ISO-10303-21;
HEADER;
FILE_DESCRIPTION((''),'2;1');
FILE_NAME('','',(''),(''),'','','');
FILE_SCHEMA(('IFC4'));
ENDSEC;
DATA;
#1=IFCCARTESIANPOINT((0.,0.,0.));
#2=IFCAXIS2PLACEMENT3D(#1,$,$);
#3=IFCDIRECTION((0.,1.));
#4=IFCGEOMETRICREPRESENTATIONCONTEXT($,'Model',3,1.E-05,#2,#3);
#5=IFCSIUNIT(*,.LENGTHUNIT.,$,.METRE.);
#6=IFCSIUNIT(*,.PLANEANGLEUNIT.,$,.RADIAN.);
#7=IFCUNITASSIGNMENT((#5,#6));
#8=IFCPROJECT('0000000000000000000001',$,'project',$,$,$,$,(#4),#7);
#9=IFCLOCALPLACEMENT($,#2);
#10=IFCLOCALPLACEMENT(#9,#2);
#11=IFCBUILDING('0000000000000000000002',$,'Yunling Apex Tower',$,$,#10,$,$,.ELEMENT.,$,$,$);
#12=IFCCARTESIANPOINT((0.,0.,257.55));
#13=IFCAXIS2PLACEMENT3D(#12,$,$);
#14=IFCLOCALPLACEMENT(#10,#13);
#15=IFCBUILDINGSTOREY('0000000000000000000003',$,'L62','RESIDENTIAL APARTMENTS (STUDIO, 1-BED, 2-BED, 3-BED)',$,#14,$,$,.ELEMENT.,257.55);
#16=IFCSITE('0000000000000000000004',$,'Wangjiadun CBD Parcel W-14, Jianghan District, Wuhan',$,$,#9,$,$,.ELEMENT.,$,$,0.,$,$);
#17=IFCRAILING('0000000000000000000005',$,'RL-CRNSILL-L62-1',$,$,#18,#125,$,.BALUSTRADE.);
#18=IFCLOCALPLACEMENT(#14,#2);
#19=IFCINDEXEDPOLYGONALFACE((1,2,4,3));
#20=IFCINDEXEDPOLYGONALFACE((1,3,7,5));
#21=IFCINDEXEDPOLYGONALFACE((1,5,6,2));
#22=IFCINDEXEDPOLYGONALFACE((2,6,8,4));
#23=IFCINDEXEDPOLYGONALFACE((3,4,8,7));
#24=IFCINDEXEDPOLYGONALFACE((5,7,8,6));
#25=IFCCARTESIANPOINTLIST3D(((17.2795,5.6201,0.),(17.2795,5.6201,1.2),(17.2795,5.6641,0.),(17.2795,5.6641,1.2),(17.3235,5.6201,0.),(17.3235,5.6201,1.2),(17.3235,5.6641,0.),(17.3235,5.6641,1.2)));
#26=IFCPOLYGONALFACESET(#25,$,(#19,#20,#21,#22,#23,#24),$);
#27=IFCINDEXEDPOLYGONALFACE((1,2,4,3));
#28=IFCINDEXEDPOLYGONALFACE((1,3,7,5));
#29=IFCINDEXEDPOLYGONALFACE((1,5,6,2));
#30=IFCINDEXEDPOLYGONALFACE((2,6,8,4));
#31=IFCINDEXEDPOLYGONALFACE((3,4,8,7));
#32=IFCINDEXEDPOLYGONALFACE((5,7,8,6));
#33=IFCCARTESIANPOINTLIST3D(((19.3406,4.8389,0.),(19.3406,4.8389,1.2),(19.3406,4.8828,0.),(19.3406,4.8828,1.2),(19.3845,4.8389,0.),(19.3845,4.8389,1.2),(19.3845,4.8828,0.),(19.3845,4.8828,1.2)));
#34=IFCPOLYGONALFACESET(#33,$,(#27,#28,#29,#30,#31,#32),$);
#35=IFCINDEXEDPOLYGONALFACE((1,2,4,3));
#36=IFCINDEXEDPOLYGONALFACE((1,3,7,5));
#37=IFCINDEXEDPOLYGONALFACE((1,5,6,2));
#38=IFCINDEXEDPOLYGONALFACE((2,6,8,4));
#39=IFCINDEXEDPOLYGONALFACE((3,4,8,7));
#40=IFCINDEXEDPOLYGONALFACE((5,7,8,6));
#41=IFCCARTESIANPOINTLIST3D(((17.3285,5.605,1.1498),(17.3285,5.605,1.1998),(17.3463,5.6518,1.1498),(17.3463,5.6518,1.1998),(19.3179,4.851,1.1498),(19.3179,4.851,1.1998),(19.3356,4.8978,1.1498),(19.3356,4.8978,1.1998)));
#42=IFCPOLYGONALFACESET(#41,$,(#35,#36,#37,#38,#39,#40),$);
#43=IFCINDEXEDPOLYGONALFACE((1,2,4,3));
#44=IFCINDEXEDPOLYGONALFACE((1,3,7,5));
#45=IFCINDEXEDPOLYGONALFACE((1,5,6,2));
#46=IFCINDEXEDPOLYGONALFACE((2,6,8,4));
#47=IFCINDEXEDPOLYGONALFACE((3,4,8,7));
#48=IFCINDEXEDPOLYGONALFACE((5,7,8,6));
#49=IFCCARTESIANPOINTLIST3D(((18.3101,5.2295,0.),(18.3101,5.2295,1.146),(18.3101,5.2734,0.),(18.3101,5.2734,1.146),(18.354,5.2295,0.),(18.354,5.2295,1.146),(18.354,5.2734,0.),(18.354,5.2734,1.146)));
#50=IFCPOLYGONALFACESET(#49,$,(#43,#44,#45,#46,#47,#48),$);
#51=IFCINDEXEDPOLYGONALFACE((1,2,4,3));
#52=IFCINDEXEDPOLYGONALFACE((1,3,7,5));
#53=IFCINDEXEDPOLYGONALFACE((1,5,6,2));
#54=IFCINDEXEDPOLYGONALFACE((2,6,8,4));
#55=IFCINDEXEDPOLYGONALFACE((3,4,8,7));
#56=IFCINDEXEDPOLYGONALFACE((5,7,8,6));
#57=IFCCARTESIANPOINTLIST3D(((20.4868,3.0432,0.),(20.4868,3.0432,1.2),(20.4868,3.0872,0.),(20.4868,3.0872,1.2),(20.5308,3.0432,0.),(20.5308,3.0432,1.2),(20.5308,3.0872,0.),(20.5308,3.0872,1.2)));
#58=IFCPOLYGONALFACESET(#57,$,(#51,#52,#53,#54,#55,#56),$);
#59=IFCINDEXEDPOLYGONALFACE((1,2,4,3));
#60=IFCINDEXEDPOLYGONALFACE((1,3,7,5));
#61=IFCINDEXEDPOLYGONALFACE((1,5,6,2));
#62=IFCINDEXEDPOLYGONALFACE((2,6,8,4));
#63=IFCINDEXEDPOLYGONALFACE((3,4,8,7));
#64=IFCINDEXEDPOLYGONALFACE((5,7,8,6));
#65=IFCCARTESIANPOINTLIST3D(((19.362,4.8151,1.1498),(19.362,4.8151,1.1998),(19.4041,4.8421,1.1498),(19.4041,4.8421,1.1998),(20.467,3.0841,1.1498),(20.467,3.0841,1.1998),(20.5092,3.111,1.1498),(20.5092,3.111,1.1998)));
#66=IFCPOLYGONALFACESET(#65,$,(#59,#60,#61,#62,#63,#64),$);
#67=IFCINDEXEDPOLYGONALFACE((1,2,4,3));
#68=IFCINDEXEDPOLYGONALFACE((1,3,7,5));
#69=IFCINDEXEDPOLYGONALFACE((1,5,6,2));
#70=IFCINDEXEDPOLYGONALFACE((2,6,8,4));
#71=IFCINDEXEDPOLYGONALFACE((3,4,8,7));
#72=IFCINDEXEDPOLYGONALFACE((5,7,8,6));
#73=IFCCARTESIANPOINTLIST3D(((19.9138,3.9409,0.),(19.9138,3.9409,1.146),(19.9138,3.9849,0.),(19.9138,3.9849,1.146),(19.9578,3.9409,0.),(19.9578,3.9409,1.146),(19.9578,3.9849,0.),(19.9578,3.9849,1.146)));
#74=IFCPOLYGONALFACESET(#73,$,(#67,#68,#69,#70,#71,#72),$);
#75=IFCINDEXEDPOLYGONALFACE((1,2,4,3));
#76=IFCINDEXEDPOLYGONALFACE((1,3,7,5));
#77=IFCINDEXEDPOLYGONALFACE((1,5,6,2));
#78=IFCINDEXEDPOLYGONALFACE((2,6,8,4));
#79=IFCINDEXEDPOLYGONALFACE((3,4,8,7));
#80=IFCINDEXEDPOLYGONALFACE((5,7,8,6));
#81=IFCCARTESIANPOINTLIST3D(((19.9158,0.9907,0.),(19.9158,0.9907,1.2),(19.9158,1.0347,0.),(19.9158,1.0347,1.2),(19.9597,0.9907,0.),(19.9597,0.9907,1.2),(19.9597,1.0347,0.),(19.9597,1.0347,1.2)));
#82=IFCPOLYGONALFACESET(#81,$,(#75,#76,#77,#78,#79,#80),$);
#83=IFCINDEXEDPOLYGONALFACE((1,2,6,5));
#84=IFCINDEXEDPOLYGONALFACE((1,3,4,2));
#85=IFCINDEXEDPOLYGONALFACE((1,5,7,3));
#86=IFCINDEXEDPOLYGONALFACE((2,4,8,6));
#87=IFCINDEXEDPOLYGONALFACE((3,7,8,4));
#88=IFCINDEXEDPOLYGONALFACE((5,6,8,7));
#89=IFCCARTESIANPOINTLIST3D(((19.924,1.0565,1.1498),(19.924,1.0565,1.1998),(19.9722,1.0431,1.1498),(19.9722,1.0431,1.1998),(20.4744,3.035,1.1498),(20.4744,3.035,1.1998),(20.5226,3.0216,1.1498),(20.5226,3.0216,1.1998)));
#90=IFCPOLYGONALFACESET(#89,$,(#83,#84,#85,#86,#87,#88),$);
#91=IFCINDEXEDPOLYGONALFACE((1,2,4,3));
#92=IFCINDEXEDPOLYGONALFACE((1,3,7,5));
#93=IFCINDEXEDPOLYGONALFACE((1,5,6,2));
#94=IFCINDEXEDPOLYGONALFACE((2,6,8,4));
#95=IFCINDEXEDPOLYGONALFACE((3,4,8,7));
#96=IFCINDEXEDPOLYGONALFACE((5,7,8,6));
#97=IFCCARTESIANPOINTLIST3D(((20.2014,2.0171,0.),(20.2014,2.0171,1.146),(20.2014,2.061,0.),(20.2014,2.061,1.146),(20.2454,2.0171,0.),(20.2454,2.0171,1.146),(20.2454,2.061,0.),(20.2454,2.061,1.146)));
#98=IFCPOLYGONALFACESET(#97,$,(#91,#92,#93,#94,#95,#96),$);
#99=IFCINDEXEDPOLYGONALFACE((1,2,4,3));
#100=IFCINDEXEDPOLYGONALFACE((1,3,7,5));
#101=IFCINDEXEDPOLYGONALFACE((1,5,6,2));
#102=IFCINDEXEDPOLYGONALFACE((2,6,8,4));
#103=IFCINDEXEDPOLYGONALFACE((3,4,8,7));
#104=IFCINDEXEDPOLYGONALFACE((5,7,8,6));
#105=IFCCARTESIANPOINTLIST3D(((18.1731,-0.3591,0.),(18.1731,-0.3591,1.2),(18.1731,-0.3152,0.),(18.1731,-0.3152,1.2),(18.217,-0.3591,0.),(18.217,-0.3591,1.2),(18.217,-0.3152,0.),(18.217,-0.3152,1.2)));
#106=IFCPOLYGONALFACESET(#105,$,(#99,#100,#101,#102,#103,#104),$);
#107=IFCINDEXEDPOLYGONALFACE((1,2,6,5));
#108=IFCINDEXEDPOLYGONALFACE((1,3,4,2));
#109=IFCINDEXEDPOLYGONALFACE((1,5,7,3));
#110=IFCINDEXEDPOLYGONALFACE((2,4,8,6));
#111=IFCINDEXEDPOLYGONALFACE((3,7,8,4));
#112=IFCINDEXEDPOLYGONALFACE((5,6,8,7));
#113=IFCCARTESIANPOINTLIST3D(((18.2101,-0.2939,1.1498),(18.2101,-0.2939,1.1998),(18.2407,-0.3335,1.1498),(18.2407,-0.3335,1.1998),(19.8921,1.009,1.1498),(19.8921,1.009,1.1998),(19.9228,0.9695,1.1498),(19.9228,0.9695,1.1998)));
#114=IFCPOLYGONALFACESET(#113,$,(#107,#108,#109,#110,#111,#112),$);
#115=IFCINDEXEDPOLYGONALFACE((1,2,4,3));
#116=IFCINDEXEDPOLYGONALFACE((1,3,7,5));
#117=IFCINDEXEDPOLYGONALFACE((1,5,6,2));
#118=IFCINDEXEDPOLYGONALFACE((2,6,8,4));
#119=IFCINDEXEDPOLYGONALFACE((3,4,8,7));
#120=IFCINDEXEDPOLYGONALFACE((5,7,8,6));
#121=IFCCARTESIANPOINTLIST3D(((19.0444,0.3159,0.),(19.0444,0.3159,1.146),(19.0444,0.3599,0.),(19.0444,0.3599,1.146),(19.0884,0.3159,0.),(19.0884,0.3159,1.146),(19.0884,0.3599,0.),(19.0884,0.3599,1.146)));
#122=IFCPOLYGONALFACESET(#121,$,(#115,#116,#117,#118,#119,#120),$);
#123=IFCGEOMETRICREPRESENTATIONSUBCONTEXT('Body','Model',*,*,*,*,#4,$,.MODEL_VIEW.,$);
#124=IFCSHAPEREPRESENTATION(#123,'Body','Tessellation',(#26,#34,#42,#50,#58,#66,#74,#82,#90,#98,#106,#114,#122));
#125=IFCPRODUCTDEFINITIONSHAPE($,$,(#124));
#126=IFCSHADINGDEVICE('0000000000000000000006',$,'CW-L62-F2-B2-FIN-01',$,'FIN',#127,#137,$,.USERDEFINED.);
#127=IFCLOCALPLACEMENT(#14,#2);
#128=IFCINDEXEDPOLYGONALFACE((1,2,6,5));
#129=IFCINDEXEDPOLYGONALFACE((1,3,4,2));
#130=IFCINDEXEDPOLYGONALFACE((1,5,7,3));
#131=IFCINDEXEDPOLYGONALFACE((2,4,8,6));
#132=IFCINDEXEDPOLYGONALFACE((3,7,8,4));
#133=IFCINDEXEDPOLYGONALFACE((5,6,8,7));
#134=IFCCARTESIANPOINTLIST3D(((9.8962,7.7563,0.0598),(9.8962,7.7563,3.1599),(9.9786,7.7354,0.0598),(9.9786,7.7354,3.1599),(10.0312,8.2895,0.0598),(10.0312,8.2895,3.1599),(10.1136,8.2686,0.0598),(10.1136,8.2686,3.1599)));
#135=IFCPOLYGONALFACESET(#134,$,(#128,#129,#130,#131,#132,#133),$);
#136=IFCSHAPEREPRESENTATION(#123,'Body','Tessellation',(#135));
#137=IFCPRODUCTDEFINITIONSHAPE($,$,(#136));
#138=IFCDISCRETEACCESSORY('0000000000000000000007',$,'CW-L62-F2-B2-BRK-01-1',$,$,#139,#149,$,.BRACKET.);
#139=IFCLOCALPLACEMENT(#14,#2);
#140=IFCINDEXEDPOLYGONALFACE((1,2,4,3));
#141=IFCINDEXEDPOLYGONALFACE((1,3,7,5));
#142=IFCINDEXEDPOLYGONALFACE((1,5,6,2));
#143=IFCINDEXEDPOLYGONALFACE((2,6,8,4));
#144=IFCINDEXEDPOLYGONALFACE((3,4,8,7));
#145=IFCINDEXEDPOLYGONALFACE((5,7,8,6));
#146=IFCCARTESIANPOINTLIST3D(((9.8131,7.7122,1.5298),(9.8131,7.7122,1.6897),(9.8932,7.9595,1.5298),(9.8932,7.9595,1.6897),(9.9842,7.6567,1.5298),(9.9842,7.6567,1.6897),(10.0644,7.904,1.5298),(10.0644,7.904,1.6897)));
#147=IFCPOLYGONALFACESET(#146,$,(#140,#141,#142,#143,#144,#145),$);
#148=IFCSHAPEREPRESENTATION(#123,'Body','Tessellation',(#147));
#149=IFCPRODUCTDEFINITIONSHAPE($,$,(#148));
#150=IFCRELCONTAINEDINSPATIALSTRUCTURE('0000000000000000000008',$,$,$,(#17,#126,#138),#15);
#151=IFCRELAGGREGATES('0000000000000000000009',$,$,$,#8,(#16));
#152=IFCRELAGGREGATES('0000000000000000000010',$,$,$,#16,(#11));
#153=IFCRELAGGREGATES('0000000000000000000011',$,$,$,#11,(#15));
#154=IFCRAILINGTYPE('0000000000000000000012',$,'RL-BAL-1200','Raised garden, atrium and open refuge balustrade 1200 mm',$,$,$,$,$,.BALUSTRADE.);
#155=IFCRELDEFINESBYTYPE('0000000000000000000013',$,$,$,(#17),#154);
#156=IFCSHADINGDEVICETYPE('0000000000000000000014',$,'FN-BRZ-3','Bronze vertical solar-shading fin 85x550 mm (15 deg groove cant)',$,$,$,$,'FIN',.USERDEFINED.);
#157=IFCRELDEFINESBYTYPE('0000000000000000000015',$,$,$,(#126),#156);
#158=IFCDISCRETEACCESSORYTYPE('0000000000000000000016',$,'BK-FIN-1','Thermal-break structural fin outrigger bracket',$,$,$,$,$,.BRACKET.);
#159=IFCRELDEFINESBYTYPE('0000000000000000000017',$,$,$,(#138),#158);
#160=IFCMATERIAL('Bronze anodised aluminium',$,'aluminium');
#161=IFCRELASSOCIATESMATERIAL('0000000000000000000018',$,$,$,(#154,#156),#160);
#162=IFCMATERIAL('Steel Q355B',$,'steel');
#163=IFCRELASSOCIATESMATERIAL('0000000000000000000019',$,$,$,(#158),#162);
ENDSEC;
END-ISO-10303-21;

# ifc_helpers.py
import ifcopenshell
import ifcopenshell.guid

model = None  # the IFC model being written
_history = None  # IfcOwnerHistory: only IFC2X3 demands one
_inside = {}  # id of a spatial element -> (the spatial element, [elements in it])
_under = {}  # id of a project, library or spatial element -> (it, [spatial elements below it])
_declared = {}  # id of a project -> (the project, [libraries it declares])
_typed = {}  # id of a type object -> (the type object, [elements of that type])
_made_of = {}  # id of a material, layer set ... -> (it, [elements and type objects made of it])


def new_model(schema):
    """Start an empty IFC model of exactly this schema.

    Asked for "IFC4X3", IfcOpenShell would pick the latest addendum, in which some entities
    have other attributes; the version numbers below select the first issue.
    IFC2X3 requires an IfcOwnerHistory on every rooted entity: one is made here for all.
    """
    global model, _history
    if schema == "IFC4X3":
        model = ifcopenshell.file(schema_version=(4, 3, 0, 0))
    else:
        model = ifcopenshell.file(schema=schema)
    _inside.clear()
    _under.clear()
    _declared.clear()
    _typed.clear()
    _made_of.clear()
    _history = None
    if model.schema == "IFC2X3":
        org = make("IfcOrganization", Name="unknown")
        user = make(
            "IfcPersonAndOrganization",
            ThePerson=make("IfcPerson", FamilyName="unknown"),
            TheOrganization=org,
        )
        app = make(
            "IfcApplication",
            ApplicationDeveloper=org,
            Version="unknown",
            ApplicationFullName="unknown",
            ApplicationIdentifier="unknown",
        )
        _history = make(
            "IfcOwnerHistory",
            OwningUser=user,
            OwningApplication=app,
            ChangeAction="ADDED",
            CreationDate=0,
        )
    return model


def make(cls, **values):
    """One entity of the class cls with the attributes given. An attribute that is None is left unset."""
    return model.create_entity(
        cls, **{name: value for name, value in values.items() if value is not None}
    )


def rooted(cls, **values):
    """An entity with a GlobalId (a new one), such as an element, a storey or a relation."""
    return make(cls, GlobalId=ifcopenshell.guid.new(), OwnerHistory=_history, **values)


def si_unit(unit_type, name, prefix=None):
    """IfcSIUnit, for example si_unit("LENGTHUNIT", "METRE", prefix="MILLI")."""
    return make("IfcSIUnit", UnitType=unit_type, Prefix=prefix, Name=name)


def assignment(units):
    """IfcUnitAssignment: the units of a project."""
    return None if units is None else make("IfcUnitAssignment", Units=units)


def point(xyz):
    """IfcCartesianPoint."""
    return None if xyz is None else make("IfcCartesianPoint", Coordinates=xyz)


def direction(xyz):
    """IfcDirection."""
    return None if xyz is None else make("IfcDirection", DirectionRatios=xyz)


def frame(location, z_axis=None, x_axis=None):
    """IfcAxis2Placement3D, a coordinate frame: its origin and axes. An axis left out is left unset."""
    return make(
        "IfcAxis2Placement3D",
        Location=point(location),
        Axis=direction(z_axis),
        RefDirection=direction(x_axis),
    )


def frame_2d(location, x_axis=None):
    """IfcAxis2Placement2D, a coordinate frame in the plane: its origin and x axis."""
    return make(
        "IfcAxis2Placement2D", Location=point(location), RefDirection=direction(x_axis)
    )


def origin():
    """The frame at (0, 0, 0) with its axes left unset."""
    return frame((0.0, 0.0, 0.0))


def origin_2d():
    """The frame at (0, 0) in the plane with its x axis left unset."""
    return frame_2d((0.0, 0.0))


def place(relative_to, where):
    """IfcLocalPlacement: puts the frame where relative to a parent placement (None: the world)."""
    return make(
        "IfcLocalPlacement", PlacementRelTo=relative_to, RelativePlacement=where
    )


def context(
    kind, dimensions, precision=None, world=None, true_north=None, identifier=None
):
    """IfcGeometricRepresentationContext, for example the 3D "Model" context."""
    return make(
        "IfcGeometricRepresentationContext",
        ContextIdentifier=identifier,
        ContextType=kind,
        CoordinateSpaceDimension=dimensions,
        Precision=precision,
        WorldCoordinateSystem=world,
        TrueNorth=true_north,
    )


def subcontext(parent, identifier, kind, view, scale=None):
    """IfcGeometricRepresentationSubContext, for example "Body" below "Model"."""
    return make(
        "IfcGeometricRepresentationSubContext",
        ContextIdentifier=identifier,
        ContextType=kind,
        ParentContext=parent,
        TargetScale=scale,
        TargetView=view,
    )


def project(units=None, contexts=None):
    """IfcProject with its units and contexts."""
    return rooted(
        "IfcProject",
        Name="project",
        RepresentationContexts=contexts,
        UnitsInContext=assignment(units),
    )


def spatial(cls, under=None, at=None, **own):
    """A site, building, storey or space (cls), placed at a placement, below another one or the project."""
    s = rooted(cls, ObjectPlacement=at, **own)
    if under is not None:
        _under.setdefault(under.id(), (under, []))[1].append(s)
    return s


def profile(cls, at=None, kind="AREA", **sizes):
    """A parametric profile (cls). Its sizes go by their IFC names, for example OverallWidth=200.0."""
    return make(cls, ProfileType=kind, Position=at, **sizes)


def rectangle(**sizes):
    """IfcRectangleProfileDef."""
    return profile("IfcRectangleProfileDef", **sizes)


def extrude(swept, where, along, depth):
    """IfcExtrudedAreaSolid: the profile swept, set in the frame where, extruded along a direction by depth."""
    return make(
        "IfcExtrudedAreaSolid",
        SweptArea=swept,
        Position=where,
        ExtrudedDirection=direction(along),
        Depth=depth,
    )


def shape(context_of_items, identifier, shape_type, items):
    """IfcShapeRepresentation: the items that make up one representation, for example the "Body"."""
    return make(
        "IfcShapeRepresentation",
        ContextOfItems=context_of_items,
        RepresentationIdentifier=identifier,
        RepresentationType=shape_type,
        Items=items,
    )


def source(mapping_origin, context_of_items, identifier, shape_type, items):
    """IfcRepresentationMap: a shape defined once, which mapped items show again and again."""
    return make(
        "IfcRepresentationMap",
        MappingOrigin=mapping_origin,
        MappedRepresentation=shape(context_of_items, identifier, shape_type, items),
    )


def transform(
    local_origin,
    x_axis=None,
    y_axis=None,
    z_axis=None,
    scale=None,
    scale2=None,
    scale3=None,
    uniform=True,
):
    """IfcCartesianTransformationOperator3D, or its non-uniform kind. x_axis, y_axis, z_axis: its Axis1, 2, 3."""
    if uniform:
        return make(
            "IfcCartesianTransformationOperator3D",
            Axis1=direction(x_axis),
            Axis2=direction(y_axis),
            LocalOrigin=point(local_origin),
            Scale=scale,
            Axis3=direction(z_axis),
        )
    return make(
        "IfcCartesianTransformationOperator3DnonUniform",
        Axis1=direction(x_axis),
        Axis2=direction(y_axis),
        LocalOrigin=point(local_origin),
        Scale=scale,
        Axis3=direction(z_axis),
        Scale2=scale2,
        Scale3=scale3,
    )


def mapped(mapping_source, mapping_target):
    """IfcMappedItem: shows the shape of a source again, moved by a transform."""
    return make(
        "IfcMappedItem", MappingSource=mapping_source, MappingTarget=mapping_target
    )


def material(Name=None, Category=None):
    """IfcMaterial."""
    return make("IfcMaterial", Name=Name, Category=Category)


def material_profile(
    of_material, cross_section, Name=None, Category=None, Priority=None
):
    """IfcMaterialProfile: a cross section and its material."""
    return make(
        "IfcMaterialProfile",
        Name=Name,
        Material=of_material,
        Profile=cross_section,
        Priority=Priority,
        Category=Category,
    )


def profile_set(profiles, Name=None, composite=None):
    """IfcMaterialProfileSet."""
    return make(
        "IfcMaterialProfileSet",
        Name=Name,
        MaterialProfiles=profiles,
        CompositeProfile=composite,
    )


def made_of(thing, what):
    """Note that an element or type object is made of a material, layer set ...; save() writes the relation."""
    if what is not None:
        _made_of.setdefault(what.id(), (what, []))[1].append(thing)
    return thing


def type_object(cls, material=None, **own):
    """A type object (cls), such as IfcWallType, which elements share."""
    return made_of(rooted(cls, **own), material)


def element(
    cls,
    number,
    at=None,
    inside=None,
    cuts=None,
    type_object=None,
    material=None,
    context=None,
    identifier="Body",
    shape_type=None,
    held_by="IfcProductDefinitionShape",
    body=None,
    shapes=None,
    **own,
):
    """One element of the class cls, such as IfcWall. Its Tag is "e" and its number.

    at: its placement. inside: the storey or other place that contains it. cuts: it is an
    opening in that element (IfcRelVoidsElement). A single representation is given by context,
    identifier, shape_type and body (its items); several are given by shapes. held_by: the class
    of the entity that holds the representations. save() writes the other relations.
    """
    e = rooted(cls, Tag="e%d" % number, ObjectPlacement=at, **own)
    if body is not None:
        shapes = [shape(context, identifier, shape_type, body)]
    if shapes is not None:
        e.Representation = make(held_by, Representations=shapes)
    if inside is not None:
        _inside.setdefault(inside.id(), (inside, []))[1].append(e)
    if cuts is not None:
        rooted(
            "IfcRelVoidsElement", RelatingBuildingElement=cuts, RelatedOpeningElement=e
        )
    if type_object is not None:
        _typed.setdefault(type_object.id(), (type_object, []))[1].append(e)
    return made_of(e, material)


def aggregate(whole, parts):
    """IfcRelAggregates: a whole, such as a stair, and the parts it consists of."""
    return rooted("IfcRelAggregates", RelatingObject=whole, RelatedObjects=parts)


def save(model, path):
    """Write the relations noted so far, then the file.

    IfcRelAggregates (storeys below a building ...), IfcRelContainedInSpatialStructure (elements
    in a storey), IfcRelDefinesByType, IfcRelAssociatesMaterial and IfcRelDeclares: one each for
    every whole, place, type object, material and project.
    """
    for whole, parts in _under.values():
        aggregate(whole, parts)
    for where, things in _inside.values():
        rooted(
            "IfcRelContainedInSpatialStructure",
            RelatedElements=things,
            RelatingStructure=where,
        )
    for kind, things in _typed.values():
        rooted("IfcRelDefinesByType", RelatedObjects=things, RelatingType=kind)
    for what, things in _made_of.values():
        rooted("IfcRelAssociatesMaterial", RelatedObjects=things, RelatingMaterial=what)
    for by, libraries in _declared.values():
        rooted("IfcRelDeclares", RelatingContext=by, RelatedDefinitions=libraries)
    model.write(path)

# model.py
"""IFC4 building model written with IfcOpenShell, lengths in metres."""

from ifc_helpers import new_model, si_unit, direction, frame, origin, origin_2d, place, context, subcontext, project, spatial, rectangle, extrude, source, transform, mapped, material, material_profile, profile_set, type_object, element, save


model = new_model("IFC4")

# Units and contexts
model_context = context("Model", 3, precision=1e-05, world=origin(), true_north=direction((0.0, 1.0)))
body_context = subcontext(model_context, "Body", "Model", "MODEL_VIEW")
ifc_project = project(units=[si_unit("LENGTHUNIT", "METRE"), si_unit("PLANEANGLEUNIT", "RADIAN")], contexts=[model_context])

# Site, building, storey
site_placement = place(None, origin())
site = spatial("IfcSite", under=ifc_project, at=site_placement, Name="Wangjiadun CBD Parcel W-14, Jianghan District, Wuhan", CompositionType="ELEMENT", RefElevation=0.0)
building_placement = place(site_placement, origin())
building = spatial("IfcBuilding", under=site, at=building_placement, Name="Yunling Apex Tower", CompositionType="ELEMENT")
storey_placement = place(building_placement, frame((0.0, 0.0, 257.55)))
storey = spatial("IfcBuildingStorey", under=building, at=storey_placement, Name="L62", Description="RESIDENTIAL APARTMENTS (STUDIO, 1-BED, 2-BED, 3-BED)", CompositionType="ELEMENT", Elevation=257.55)

# Shared definitions
ifc_material_1 = material(Name="Steel Q355B", Category="steel")

# Shared definitions
ifc_material_2 = material(Name="Bronze anodised aluminium", Category="aluminium")

# Railing
railing_type = type_object("IfcRailingType", Name="RL-BAL-1200", Description="Raised garden, atrium and open refuge balustrade 1200 mm", PredefinedType="BALUSTRADE", material=ifc_material_2)
railing_placement = place(storey_placement, frame((17.3015, 5.6421, 0.0)))
element("IfcRailing", 1, at=railing_placement, inside=storey, type_object=railing_type, Name="RL-CRNSILL-L62-1", PredefinedType="BALUSTRADE", context=body_context, shape_type="SweptSolid", body=[
    extrude(rectangle(XDim=0.0439, YDim=0.0439, at=origin_2d()), origin(), (0.0, 0.0, 1.0), 1.2),
    extrude(rectangle(XDim=0.0439, YDim=0.0439, at=origin_2d()), frame((2.061, -0.7812, 0.0)), (0.0, 0.0, 1.0), 1.2),
    extrude(rectangle(XDim=0.05, YDim=0.05, at=origin_2d()), frame((0.0359, -0.0137, 1.1748), z_axis=(0.935076, -0.354447, 0.0), x_axis=(0.354447, 0.935076, 0.0)), (0.0, 0.0, 1.0), 2.1274),
    extrude(rectangle(XDim=0.0439, YDim=0.0439, at=origin_2d()), frame((1.0305, -0.3906, 0.0)), (0.0, 0.0, 1.0), 1.146),
    extrude(rectangle(XDim=0.0439, YDim=0.0439, at=origin_2d()), frame((3.2073, -2.5769, 0.0)), (0.0, 0.0, 1.0), 1.2),
    extrude(rectangle(XDim=0.05, YDim=0.05, at=origin_2d()), frame((2.0815, -0.8135, 1.1748), z_axis=(0.538061, -0.842906, 0.0), x_axis=(0.842906, 0.538061, 0.0)), (0.0, 0.0, 1.0), 2.0537),
    extrude(rectangle(XDim=0.0439, YDim=0.0439, at=origin_2d()), frame((2.6343, -1.6792, 0.0)), (0.0, 0.0, 1.0), 1.146),
    extrude(rectangle(XDim=0.0439, YDim=0.0439, at=origin_2d()), frame((2.6362, -4.6294, 0.0)), (0.0, 0.0, 1.0), 1.2),
    extrude(rectangle(XDim=0.05, YDim=0.05, at=origin_2d()), frame((3.197, -2.6138, 1.1748), z_axis=(-0.26804, -0.963408, 0.0), x_axis=(0.963408, -0.26804, 0.0)), (0.0, 0.0, 1.0), 2.0537),
    extrude(rectangle(XDim=0.0439, YDim=0.0439, at=origin_2d()), frame((2.9219, -3.603, 0.0)), (0.0, 0.0, 1.0), 1.146),
    extrude(rectangle(XDim=0.0439, YDim=0.0439, at=origin_2d()), frame((0.8936, -5.9792, 0.0)), (0.0, 0.0, 1.0), 1.2),
    extrude(rectangle(XDim=0.05, YDim=0.05, at=origin_2d()), frame((2.606, -4.6528, 1.1748), z_axis=(-0.790573, -0.612368, 0.0), x_axis=(0.612368, -0.790573, 0.0)), (0.0, 0.0, 1.0), 2.1277),
    extrude(rectangle(XDim=0.0439, YDim=0.0439, at=origin_2d()), frame((1.7649, -5.3042, 0.0)), (0.0, 0.0, 1.0), 1.146),
])

# Shading device
ifc_material_profile_1 = material_profile(ifc_material_2, rectangle(XDim=0.085, YDim=0.55, at=origin_2d()))
ifc_profile_set_1 = profile_set([ifc_material_profile_1], Name="Bronze anodised aluminium")
shading_device_type = type_object("IfcShadingDeviceType", Name="FN-BRZ-3", Description="Bronze vertical solar-shading fin 85x550 mm (15 deg groove cant)", ElementType="FIN", PredefinedType="USERDEFINED", material=ifc_profile_set_1)
shared_shape_1 = source(origin(), body_context, "Body", "SweptSolid", [
    extrude(rectangle(XDim=0.085, YDim=0.55, at=origin_2d()), origin(), (0.0, 0.0, 1.0), 3.1001),
])
shading_device_placement = place(storey_placement, frame((10.0049, 8.0125, 0.0598), z_axis=(0.0, 0.0, 1.0), x_axis=(-0.969403, 0.245477, 0.0)))
element("IfcShadingDevice", 2, at=shading_device_placement, inside=storey, type_object=shading_device_type, Name="CW-L62-F2-B2-FIN-01", ObjectType="FIN", PredefinedType="USERDEFINED", context=body_context, shape_type="MappedRepresentation", body=[
    mapped(shared_shape_1, transform((0.0, 0.0, 0.0), scale=1.0)),
])

# Discrete accessory
discrete_accessory_type = type_object("IfcDiscreteAccessoryType", Name="BK-FIN-1", Description="Thermal-break structural fin outrigger bracket", PredefinedType="BRACKET", material=ifc_material_1)
shared_shape_2 = source(origin(), body_context, "Body", "SweptSolid", [
    extrude(rectangle(XDim=0.1799, YDim=0.26, at=origin_2d()), origin(), (0.0, 0.0, 1.0), 0.1599),
])
discrete_accessory_placement = place(storey_placement, frame((9.9387, 7.8081, 1.5298), z_axis=(0.0, 0.0, 1.0), x_axis=(-0.951272, 0.308353, 0.0)))
element("IfcDiscreteAccessory", 3, at=discrete_accessory_placement, inside=storey, type_object=discrete_accessory_type, Name="CW-L62-F2-B2-BRK-01-1", PredefinedType="BRACKET", context=body_context, shape_type="MappedRepresentation", body=[
    mapped(shared_shape_2, transform((0.0, 0.0, 0.0), scale=1.0)),
])

save(model, "model.ifc")
